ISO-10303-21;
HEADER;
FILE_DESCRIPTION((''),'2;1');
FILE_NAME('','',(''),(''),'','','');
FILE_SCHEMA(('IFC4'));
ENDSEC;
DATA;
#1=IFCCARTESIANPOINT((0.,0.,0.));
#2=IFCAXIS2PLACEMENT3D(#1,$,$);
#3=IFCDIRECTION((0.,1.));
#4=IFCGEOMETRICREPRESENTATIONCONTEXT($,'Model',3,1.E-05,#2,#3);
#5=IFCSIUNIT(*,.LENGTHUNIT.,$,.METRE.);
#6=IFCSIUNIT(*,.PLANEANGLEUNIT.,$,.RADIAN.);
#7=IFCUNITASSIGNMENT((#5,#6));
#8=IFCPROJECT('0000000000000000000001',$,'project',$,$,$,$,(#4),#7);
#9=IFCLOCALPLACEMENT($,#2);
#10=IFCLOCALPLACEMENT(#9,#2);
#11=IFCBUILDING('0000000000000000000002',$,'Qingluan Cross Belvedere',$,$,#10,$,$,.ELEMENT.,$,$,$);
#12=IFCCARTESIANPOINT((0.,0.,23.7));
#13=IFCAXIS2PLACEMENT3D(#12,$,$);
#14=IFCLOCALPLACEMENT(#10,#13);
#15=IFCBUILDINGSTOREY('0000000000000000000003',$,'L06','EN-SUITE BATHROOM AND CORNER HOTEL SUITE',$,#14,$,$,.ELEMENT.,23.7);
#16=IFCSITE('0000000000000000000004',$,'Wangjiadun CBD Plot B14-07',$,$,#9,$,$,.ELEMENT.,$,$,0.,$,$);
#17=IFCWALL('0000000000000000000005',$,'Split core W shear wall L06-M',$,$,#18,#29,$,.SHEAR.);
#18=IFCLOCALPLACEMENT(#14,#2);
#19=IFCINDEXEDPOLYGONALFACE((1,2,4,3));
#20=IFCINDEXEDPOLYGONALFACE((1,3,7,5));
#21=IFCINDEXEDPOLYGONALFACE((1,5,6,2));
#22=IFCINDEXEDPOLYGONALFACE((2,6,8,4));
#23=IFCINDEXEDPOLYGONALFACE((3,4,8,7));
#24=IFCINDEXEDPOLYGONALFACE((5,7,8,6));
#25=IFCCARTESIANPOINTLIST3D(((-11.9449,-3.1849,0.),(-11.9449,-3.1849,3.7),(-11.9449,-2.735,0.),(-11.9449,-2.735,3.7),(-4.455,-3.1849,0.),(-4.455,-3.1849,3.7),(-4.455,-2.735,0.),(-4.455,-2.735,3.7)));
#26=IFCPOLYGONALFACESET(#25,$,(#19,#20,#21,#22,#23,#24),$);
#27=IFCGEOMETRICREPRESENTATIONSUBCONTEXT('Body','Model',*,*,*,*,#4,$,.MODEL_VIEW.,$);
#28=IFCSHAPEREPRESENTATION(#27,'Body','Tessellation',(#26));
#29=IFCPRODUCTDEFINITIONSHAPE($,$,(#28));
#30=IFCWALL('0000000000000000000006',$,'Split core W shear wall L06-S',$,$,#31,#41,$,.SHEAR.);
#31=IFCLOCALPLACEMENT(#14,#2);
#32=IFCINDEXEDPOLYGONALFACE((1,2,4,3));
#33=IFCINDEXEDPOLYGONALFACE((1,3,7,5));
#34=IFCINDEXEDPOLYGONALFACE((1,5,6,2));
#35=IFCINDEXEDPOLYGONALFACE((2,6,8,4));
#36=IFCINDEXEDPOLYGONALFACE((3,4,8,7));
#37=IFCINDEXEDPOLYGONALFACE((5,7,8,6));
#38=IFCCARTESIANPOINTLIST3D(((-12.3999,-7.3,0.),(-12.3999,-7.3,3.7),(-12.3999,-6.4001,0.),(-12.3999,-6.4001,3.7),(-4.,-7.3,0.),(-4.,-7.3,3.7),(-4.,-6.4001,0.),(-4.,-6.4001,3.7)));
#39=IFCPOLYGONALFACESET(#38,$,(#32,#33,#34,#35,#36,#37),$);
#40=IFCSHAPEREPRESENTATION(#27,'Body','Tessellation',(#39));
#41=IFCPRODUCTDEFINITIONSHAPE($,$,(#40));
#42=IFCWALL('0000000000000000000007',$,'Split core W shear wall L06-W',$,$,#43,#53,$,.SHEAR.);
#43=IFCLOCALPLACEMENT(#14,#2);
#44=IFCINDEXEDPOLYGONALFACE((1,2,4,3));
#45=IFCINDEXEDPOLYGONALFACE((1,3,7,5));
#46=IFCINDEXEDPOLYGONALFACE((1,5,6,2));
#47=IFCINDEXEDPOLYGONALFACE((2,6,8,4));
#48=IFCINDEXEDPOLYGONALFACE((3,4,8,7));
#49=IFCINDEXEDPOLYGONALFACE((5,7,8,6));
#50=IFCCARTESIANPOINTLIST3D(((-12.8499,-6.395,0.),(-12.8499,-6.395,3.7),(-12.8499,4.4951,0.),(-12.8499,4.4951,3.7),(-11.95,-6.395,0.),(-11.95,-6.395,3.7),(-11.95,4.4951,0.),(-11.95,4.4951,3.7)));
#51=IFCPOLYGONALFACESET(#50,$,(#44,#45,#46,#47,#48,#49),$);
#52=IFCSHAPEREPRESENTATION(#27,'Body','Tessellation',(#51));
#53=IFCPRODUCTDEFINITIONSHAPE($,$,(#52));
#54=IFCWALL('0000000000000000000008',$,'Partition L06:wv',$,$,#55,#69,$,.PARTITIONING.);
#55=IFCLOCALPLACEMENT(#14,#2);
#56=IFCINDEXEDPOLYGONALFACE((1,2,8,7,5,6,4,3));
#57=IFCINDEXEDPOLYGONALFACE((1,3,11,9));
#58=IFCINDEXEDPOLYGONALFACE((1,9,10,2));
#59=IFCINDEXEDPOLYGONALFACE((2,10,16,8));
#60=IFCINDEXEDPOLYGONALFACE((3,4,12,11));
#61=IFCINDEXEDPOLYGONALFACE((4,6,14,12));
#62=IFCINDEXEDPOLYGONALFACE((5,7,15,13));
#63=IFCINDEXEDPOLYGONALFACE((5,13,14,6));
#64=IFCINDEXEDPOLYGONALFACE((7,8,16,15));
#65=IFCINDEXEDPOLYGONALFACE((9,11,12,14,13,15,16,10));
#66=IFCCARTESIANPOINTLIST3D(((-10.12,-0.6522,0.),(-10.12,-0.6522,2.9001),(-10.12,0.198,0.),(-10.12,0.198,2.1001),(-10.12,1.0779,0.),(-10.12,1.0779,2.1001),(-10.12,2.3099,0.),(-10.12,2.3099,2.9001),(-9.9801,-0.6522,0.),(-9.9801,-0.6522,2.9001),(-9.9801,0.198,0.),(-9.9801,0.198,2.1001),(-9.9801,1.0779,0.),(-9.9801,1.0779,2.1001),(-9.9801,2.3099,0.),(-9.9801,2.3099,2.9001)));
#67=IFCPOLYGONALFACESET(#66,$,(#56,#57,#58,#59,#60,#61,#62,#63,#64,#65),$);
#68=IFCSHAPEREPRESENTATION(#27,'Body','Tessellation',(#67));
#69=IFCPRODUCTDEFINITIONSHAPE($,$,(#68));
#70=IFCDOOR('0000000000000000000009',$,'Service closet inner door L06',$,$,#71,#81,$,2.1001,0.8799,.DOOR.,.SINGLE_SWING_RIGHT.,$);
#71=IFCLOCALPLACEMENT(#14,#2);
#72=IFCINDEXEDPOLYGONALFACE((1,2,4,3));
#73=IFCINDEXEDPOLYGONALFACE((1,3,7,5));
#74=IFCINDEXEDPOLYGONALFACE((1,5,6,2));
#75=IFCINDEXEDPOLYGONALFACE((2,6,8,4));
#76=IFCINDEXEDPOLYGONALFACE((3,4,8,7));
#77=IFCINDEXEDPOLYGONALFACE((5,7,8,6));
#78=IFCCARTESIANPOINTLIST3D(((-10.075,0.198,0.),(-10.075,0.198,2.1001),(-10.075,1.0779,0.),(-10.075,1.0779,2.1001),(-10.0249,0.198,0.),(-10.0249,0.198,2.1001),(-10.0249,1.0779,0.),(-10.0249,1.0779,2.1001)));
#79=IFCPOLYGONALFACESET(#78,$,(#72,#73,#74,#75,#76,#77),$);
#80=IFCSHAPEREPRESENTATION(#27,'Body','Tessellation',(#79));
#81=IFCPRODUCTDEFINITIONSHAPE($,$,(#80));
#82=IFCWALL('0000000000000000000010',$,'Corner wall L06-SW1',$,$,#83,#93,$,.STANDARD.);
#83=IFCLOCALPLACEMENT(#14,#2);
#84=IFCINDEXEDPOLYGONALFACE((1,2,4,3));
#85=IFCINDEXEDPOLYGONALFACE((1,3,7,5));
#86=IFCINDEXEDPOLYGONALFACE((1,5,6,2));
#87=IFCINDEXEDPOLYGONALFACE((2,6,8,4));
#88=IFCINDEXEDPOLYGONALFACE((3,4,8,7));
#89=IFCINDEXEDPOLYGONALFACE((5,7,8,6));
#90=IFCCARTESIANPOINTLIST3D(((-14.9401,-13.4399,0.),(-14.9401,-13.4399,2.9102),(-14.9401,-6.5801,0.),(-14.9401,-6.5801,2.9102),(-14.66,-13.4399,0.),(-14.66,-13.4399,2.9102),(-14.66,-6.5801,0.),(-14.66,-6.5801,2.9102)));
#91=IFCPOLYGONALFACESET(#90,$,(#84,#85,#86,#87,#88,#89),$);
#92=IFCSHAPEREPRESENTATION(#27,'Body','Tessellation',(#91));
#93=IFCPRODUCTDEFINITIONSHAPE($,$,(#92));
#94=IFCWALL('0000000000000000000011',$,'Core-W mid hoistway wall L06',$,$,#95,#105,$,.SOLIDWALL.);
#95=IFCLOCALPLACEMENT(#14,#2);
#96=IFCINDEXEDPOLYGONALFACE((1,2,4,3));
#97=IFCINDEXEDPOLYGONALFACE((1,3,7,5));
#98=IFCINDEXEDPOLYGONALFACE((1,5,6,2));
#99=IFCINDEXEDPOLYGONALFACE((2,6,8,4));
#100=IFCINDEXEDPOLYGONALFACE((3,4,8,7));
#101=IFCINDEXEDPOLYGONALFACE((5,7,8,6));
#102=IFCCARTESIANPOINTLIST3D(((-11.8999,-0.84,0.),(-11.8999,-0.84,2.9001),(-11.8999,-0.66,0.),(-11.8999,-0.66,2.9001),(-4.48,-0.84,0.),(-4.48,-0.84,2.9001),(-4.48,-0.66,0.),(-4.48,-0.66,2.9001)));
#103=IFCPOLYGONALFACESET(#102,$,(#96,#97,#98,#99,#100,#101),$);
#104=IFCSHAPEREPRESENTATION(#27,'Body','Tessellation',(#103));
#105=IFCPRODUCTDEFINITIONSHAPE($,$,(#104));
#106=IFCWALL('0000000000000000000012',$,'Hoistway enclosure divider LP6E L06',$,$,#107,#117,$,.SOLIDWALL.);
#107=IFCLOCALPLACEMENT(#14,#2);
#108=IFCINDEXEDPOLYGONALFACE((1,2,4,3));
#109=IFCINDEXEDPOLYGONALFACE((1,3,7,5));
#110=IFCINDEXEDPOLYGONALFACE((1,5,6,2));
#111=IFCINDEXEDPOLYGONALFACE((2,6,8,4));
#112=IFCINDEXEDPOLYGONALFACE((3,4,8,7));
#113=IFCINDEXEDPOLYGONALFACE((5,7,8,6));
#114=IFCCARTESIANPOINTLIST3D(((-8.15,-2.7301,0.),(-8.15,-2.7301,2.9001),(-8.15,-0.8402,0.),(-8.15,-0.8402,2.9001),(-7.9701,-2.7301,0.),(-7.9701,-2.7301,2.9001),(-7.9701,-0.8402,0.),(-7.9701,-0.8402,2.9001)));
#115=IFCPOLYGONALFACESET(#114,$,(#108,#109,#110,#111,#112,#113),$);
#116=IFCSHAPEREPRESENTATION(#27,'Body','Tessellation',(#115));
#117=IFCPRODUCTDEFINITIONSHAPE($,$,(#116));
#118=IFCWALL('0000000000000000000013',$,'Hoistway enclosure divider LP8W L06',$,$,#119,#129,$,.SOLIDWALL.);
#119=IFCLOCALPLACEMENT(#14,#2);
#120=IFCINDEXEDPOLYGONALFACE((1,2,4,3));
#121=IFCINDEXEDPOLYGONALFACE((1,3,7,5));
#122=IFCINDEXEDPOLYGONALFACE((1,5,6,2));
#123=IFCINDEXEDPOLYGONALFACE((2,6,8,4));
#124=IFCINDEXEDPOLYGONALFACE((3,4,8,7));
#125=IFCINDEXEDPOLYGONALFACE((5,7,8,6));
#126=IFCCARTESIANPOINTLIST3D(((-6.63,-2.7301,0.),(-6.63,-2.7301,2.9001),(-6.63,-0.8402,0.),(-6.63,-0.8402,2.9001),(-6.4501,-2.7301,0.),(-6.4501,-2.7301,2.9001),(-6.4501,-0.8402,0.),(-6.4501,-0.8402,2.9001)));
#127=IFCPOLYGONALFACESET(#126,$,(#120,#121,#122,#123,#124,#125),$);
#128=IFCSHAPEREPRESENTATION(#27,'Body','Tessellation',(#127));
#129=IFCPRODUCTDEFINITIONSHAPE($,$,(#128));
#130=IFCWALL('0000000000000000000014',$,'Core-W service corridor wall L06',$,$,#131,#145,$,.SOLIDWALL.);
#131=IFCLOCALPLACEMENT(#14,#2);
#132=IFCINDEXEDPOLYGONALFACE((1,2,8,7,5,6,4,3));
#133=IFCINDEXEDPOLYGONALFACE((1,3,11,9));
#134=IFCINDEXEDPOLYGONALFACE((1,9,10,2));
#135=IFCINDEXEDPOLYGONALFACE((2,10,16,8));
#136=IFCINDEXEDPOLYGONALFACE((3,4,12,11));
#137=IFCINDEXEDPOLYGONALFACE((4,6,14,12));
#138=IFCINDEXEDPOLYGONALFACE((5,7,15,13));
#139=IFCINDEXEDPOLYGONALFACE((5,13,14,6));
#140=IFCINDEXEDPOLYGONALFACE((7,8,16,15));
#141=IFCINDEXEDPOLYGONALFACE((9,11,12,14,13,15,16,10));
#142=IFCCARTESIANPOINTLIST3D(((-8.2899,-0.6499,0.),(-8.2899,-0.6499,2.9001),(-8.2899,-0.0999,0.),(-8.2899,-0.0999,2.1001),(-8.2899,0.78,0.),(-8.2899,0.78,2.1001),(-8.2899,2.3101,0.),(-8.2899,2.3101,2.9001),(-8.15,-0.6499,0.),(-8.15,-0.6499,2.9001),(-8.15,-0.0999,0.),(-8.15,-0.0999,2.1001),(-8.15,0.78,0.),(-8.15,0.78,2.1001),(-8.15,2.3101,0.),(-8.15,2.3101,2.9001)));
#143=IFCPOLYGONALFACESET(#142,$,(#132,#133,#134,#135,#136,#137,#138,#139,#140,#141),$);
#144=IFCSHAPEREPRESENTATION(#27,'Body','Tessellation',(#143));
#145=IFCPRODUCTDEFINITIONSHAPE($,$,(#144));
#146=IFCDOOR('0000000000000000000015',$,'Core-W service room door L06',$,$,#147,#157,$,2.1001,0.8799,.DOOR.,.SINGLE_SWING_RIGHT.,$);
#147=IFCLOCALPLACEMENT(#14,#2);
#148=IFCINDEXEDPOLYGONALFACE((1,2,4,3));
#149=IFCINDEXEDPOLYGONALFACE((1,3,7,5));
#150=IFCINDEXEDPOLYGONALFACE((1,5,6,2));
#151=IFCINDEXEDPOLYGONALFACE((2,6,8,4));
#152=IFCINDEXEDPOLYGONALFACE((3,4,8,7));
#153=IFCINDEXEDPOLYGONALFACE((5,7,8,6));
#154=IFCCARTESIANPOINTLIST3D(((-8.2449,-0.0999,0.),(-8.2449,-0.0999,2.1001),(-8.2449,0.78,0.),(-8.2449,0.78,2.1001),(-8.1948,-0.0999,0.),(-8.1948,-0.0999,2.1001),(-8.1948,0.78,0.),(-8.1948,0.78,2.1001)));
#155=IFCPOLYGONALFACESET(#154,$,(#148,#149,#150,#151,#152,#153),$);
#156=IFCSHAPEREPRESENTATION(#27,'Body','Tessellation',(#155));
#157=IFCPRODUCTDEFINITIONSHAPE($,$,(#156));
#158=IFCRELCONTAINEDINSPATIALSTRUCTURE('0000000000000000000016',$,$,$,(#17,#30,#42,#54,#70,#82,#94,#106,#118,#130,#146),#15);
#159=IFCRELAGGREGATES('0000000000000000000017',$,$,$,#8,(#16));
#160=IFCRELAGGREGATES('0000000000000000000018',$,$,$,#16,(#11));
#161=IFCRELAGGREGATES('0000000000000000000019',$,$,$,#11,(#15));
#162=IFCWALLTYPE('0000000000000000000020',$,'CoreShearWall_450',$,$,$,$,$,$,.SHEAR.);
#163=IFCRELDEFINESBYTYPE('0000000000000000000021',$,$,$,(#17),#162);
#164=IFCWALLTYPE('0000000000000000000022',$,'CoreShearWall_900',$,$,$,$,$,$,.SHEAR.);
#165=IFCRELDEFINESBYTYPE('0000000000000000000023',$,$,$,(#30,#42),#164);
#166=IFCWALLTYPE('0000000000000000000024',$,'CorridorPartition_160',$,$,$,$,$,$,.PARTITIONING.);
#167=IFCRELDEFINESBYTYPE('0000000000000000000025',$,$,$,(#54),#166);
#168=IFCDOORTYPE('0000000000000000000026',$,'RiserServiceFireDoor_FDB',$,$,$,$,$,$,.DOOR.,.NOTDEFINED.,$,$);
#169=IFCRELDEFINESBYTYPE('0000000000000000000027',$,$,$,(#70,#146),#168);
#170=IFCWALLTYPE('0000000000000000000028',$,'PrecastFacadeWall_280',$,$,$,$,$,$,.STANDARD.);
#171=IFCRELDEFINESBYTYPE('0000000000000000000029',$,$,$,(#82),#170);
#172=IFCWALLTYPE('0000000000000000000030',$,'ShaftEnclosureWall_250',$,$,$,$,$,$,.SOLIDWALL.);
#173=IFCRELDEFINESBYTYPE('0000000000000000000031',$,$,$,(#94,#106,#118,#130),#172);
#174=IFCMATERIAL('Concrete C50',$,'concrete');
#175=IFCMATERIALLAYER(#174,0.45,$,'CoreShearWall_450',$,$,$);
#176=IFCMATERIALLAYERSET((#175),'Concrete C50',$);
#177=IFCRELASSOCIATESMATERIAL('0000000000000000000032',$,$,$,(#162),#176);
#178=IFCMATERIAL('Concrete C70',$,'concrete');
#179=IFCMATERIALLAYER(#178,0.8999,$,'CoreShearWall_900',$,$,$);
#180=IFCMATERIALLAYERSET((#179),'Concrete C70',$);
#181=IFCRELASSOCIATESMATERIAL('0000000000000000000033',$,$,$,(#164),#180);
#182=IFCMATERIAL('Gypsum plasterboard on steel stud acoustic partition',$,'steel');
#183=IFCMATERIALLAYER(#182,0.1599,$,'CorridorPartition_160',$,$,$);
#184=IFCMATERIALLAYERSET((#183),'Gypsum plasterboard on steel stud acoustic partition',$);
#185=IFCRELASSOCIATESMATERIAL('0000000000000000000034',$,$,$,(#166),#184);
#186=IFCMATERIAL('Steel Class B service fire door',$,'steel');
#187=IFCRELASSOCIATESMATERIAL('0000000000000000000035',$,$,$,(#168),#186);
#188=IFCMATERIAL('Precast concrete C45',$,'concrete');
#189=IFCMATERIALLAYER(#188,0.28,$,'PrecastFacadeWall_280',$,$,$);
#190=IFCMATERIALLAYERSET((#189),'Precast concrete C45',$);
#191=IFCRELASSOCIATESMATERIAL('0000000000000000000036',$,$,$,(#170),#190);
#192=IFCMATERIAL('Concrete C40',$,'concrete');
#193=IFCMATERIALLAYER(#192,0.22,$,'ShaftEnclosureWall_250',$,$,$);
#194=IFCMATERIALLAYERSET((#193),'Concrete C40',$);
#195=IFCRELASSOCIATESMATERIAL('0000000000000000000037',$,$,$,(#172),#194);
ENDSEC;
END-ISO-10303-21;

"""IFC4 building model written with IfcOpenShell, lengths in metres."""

from ifc_helpers import new_model, si_unit, direction, frame, frame_2d, origin, place, context, subcontext, project, spatial, rectangle, extrude, material, layer, layer_set, type_object, element, fill, save


model = new_model("IFC4")

# Units and contexts
model_context = context("Model", 3, precision=1e-05, world=origin(), true_north=direction((0.0, 1.0)))
body_context = subcontext(model_context, "Body", "Model", "MODEL_VIEW")
ifc_project = project(units=[si_unit("LENGTHUNIT", "METRE"), si_unit("PLANEANGLEUNIT", "RADIAN")], contexts=[model_context])

# Site, building, storey
site_placement = place(None, origin())
site = spatial("IfcSite", under=ifc_project, at=site_placement, Name="Wangjiadun CBD Plot B14-07", CompositionType="ELEMENT", RefElevation=0.0)
building_placement = place(site_placement, origin())
building = spatial("IfcBuilding", under=site, at=building_placement, Name="Qingluan Cross Belvedere", CompositionType="ELEMENT")
storey_placement = place(building_placement, frame((0.0, 0.0, 23.7)))
storey = spatial("IfcBuildingStorey", under=building, at=storey_placement, Name="L06", Description="EN-SUITE BATHROOM AND CORNER HOTEL SUITE", CompositionType="ELEMENT", Elevation=23.7)

# Walls
ifc_material_1 = material(Name="Concrete C50", Category="concrete")
ifc_layer_1 = layer(ifc_material_1, 0.45, Name="CoreShearWall_450")
ifc_layer_set_1 = layer_set([ifc_layer_1], Name="Concrete C50")
wall_type_1 = type_object("IfcWallType", Name="CoreShearWall_450", PredefinedType="SHEAR", material=ifc_layer_set_1)
wall_1_placement = place(storey_placement, frame((-11.9451, -2.96, 0.0), z_axis=(0.0, 0.0, 1.0), x_axis=(1.0, 0.0, 0.0)))
element("IfcWall", 1, at=wall_1_placement, inside=storey, type_object=wall_type_1, Name="Split core W shear wall L06-M", PredefinedType="SHEAR", context=body_context, shape_type="SweptSolid", body=[
    extrude(rectangle(XDim=7.49, YDim=0.45, at=frame_2d((3.7451, 0.0))), origin(), (0.0, 0.0, 1.0), 3.7),
])
ifc_material_2 = material(Name="Concrete C70", Category="concrete")
ifc_layer_2 = layer(ifc_material_2, 0.8999, Name="CoreShearWall_900")
ifc_layer_set_2 = layer_set([ifc_layer_2], Name="Concrete C70")
wall_type_2 = type_object("IfcWallType", Name="CoreShearWall_900", PredefinedType="SHEAR", material=ifc_layer_set_2)
wall_2_placement = place(storey_placement, frame((-12.3999, -6.8501, 0.0), z_axis=(0.0, 0.0, 1.0), x_axis=(1.0, 0.0, 0.0)))
element("IfcWall", 2, at=wall_2_placement, inside=storey, type_object=wall_type_2, Name="Split core W shear wall L06-S", PredefinedType="SHEAR", context=body_context, shape_type="SweptSolid", body=[
    extrude(rectangle(XDim=8.3999, YDim=0.8999, at=frame_2d((4.2, 0.0))), origin(), (0.0, 0.0, 1.0), 3.7),
])
wall_3_placement = place(storey_placement, frame((-12.3999, -6.395, 0.0), z_axis=(0.0, 0.0, 1.0), x_axis=(0.0, 1.0, 0.0)))
element("IfcWall", 3, at=wall_3_placement, inside=storey, type_object=wall_type_2, Name="Split core W shear wall L06-W", PredefinedType="SHEAR", context=body_context, shape_type="SweptSolid", body=[
    extrude(rectangle(XDim=10.8901, YDim=0.8999, at=frame_2d((5.4451, 0.0))), origin(), (0.0, 0.0, 1.0), 3.7),
])

# Wall, opening, door
ifc_material_3 = material(Name="Gypsum plasterboard on steel stud acoustic partition", Category="steel")
ifc_layer_3 = layer(ifc_material_3, 0.1599, Name="CorridorPartition_160")
ifc_layer_set_3 = layer_set([ifc_layer_3], Name="Gypsum plasterboard on steel stud acoustic partition")
wall_type_3 = type_object("IfcWallType", Name="CorridorPartition_160", PredefinedType="PARTITIONING", material=ifc_layer_set_3)
wall_4_placement = place(storey_placement, frame((-10.05, -0.6521, 0.0), z_axis=(0.0, 0.0, 1.0), x_axis=(0.0, 1.0, 0.0)))
wall_4 = element("IfcWall", 4, at=wall_4_placement, inside=storey, type_object=wall_type_3, Name="Partition L06:wv", PredefinedType="PARTITIONING", context=body_context, shape_type="SweptSolid", body=[
    extrude(rectangle(XDim=2.9622, YDim=0.1399, at=frame_2d((1.481, 0.0))), origin(), (0.0, 0.0, 1.0), 2.9001),
])
opening_1_placement = place(wall_4_placement, frame((0.8501, 0.0, 0.0)))
opening_1 = element("IfcOpeningElement", 5, at=opening_1_placement, cuts=wall_4, PredefinedType="OPENING", context=body_context, shape_type="SweptSolid", body=[
    extrude(rectangle(XDim=0.8799, YDim=2.1001, at=frame_2d((0.4399, 1.05))), frame((0.0, 0.0798, 0.0), z_axis=(0.0, -1.0, 0.0), x_axis=(1.0, 0.0, 0.0)), (0.0, 0.0, 1.0), 0.1599),
])
ifc_material_4 = material(Name="Steel Class B service fire door", Category="steel")
door_type_1 = type_object("IfcDoorType", Name="RiserServiceFireDoor_FDB", OperationType="NOTDEFINED", PredefinedType="DOOR", material=ifc_material_4)
door_1_placement = place(opening_1_placement, origin())
door_1 = element("IfcDoor", 6, at=door_1_placement, inside=storey, type_object=door_type_1, Name="Service closet inner door L06", OperationType="SINGLE_SWING_RIGHT", OverallHeight=2.1001, OverallWidth=0.8799, PredefinedType="DOOR", context=body_context, shape_type="SweptSolid", body=[
    extrude(rectangle(XDim=0.8799, YDim=2.1001, at=frame_2d((0.4399, 1.05))), frame((0.0, 0.0249, 0.0), z_axis=(0.0, -1.0, 0.0), x_axis=(1.0, 0.0, 0.0)), (0.0, 0.0, 1.0), 0.05),
])
fill(opening_1, door_1)

# Walls
ifc_material_5 = material(Name="Precast concrete C45", Category="concrete")
ifc_layer_4 = layer(ifc_material_5, 0.28, Name="PrecastFacadeWall_280")
ifc_layer_set_4 = layer_set([ifc_layer_4], Name="Precast concrete C45")
wall_type_4 = type_object("IfcWallType", Name="PrecastFacadeWall_280", PredefinedType="STANDARD", material=ifc_layer_set_4)
wall_5_placement = place(storey_placement, frame((-14.8, -6.5801, 0.0), z_axis=(0.0, 0.0, 1.0), x_axis=(0.0, -1.0, 0.0)))
element("IfcWall", 7, at=wall_5_placement, inside=storey, type_object=wall_type_4, Name="Corner wall L06-SW1", PredefinedType="STANDARD", context=body_context, shape_type="SweptSolid", body=[
    extrude(rectangle(XDim=6.8599, YDim=0.28, at=frame_2d((3.4299, 0.0))), origin(), (0.0, 0.0, 1.0), 2.9102),
])
ifc_material_6 = material(Name="Concrete C40", Category="concrete")
ifc_layer_5 = layer(ifc_material_6, 0.22, Name="ShaftEnclosureWall_250")
ifc_layer_set_5 = layer_set([ifc_layer_5], Name="Concrete C40")
wall_type_5 = type_object("IfcWallType", Name="ShaftEnclosureWall_250", PredefinedType="SOLIDWALL", material=ifc_layer_set_5)
wall_6_placement = place(storey_placement, frame((-11.8999, -0.75, 0.0), z_axis=(0.0, 0.0, 1.0), x_axis=(1.0, 0.0, 0.0)))
element("IfcWall", 8, at=wall_6_placement, inside=storey, type_object=wall_type_5, Name="Core-W mid hoistway wall L06", PredefinedType="SOLIDWALL", context=body_context, shape_type="SweptSolid", body=[
    extrude(rectangle(XDim=7.4199, YDim=0.1799, at=frame_2d((3.71, 0.0))), origin(), (0.0, 0.0, 1.0), 2.9001),
])
for number, where, z_axis, x_axis, name in (
    (9, (-8.0601, -2.73, 0.0), (0.0, 0.0, 1.0), (0.0, 1.0, 0.0), "Hoistway enclosure divider LP6E L06"),
    (10, (-6.54, -2.73, 0.0), (0.0, 0.0, 1.0), (0.0, 1.0, 0.0), "Hoistway enclosure divider LP8W L06"),
):
    element("IfcWall", number, at=place(storey_placement, frame(where, z_axis=z_axis, x_axis=x_axis)), inside=storey, type_object=wall_type_5, Name=name, PredefinedType="SOLIDWALL", context=body_context, shape_type="SweptSolid", body=[
        extrude(rectangle(XDim=1.8899, YDim=0.1799, at=frame_2d((0.9448, 0.0))), origin(), (0.0, 0.0, 1.0), 2.9001),
    ])

# Wall, opening, door
wall_7_placement = place(storey_placement, frame((-8.22, -0.6499, 0.0), z_axis=(0.0, 0.0, 1.0), x_axis=(0.0, 1.0, 0.0)))
wall_7 = element("IfcWall", 11, at=wall_7_placement, inside=storey, type_object=wall_type_5, Name="Core-W service corridor wall L06", PredefinedType="SOLIDWALL", context=body_context, shape_type="SweptSolid", body=[
    extrude(rectangle(XDim=2.96, YDim=0.1399, at=frame_2d((1.48, 0.0))), origin(), (0.0, 0.0, 1.0), 2.9001),
])
opening_2_placement = place(wall_7_placement, frame((0.55, 0.0, 0.0)))
opening_2 = element("IfcOpeningElement", 12, at=opening_2_placement, cuts=wall_7, PredefinedType="OPENING", context=body_context, shape_type="SweptSolid", body=[
    extrude(rectangle(XDim=0.8799, YDim=2.1001, at=frame_2d((0.4399, 1.05))), frame((0.0, 0.0798, 0.0), z_axis=(0.0, -1.0, 0.0), x_axis=(1.0, 0.0, 0.0)), (0.0, 0.0, 1.0), 0.1599),
])
door_2_placement = place(opening_2_placement, origin())
door_2 = element("IfcDoor", 13, at=door_2_placement, inside=storey, type_object=door_type_1, Name="Core-W service room door L06", OperationType="SINGLE_SWING_RIGHT", OverallHeight=2.1001, OverallWidth=0.8799, PredefinedType="DOOR", context=body_context, shape_type="SweptSolid", body=[
    extrude(rectangle(XDim=0.8799, YDim=2.1001, at=frame_2d((0.4399, 1.05))), frame((0.0, 0.0249, 0.0), z_axis=(0.0, -1.0, 0.0), x_axis=(1.0, 0.0, 0.0)), (0.0, 0.0, 1.0), 0.05),
])
fill(opening_2, door_2)

save(model, "model.ifc")
